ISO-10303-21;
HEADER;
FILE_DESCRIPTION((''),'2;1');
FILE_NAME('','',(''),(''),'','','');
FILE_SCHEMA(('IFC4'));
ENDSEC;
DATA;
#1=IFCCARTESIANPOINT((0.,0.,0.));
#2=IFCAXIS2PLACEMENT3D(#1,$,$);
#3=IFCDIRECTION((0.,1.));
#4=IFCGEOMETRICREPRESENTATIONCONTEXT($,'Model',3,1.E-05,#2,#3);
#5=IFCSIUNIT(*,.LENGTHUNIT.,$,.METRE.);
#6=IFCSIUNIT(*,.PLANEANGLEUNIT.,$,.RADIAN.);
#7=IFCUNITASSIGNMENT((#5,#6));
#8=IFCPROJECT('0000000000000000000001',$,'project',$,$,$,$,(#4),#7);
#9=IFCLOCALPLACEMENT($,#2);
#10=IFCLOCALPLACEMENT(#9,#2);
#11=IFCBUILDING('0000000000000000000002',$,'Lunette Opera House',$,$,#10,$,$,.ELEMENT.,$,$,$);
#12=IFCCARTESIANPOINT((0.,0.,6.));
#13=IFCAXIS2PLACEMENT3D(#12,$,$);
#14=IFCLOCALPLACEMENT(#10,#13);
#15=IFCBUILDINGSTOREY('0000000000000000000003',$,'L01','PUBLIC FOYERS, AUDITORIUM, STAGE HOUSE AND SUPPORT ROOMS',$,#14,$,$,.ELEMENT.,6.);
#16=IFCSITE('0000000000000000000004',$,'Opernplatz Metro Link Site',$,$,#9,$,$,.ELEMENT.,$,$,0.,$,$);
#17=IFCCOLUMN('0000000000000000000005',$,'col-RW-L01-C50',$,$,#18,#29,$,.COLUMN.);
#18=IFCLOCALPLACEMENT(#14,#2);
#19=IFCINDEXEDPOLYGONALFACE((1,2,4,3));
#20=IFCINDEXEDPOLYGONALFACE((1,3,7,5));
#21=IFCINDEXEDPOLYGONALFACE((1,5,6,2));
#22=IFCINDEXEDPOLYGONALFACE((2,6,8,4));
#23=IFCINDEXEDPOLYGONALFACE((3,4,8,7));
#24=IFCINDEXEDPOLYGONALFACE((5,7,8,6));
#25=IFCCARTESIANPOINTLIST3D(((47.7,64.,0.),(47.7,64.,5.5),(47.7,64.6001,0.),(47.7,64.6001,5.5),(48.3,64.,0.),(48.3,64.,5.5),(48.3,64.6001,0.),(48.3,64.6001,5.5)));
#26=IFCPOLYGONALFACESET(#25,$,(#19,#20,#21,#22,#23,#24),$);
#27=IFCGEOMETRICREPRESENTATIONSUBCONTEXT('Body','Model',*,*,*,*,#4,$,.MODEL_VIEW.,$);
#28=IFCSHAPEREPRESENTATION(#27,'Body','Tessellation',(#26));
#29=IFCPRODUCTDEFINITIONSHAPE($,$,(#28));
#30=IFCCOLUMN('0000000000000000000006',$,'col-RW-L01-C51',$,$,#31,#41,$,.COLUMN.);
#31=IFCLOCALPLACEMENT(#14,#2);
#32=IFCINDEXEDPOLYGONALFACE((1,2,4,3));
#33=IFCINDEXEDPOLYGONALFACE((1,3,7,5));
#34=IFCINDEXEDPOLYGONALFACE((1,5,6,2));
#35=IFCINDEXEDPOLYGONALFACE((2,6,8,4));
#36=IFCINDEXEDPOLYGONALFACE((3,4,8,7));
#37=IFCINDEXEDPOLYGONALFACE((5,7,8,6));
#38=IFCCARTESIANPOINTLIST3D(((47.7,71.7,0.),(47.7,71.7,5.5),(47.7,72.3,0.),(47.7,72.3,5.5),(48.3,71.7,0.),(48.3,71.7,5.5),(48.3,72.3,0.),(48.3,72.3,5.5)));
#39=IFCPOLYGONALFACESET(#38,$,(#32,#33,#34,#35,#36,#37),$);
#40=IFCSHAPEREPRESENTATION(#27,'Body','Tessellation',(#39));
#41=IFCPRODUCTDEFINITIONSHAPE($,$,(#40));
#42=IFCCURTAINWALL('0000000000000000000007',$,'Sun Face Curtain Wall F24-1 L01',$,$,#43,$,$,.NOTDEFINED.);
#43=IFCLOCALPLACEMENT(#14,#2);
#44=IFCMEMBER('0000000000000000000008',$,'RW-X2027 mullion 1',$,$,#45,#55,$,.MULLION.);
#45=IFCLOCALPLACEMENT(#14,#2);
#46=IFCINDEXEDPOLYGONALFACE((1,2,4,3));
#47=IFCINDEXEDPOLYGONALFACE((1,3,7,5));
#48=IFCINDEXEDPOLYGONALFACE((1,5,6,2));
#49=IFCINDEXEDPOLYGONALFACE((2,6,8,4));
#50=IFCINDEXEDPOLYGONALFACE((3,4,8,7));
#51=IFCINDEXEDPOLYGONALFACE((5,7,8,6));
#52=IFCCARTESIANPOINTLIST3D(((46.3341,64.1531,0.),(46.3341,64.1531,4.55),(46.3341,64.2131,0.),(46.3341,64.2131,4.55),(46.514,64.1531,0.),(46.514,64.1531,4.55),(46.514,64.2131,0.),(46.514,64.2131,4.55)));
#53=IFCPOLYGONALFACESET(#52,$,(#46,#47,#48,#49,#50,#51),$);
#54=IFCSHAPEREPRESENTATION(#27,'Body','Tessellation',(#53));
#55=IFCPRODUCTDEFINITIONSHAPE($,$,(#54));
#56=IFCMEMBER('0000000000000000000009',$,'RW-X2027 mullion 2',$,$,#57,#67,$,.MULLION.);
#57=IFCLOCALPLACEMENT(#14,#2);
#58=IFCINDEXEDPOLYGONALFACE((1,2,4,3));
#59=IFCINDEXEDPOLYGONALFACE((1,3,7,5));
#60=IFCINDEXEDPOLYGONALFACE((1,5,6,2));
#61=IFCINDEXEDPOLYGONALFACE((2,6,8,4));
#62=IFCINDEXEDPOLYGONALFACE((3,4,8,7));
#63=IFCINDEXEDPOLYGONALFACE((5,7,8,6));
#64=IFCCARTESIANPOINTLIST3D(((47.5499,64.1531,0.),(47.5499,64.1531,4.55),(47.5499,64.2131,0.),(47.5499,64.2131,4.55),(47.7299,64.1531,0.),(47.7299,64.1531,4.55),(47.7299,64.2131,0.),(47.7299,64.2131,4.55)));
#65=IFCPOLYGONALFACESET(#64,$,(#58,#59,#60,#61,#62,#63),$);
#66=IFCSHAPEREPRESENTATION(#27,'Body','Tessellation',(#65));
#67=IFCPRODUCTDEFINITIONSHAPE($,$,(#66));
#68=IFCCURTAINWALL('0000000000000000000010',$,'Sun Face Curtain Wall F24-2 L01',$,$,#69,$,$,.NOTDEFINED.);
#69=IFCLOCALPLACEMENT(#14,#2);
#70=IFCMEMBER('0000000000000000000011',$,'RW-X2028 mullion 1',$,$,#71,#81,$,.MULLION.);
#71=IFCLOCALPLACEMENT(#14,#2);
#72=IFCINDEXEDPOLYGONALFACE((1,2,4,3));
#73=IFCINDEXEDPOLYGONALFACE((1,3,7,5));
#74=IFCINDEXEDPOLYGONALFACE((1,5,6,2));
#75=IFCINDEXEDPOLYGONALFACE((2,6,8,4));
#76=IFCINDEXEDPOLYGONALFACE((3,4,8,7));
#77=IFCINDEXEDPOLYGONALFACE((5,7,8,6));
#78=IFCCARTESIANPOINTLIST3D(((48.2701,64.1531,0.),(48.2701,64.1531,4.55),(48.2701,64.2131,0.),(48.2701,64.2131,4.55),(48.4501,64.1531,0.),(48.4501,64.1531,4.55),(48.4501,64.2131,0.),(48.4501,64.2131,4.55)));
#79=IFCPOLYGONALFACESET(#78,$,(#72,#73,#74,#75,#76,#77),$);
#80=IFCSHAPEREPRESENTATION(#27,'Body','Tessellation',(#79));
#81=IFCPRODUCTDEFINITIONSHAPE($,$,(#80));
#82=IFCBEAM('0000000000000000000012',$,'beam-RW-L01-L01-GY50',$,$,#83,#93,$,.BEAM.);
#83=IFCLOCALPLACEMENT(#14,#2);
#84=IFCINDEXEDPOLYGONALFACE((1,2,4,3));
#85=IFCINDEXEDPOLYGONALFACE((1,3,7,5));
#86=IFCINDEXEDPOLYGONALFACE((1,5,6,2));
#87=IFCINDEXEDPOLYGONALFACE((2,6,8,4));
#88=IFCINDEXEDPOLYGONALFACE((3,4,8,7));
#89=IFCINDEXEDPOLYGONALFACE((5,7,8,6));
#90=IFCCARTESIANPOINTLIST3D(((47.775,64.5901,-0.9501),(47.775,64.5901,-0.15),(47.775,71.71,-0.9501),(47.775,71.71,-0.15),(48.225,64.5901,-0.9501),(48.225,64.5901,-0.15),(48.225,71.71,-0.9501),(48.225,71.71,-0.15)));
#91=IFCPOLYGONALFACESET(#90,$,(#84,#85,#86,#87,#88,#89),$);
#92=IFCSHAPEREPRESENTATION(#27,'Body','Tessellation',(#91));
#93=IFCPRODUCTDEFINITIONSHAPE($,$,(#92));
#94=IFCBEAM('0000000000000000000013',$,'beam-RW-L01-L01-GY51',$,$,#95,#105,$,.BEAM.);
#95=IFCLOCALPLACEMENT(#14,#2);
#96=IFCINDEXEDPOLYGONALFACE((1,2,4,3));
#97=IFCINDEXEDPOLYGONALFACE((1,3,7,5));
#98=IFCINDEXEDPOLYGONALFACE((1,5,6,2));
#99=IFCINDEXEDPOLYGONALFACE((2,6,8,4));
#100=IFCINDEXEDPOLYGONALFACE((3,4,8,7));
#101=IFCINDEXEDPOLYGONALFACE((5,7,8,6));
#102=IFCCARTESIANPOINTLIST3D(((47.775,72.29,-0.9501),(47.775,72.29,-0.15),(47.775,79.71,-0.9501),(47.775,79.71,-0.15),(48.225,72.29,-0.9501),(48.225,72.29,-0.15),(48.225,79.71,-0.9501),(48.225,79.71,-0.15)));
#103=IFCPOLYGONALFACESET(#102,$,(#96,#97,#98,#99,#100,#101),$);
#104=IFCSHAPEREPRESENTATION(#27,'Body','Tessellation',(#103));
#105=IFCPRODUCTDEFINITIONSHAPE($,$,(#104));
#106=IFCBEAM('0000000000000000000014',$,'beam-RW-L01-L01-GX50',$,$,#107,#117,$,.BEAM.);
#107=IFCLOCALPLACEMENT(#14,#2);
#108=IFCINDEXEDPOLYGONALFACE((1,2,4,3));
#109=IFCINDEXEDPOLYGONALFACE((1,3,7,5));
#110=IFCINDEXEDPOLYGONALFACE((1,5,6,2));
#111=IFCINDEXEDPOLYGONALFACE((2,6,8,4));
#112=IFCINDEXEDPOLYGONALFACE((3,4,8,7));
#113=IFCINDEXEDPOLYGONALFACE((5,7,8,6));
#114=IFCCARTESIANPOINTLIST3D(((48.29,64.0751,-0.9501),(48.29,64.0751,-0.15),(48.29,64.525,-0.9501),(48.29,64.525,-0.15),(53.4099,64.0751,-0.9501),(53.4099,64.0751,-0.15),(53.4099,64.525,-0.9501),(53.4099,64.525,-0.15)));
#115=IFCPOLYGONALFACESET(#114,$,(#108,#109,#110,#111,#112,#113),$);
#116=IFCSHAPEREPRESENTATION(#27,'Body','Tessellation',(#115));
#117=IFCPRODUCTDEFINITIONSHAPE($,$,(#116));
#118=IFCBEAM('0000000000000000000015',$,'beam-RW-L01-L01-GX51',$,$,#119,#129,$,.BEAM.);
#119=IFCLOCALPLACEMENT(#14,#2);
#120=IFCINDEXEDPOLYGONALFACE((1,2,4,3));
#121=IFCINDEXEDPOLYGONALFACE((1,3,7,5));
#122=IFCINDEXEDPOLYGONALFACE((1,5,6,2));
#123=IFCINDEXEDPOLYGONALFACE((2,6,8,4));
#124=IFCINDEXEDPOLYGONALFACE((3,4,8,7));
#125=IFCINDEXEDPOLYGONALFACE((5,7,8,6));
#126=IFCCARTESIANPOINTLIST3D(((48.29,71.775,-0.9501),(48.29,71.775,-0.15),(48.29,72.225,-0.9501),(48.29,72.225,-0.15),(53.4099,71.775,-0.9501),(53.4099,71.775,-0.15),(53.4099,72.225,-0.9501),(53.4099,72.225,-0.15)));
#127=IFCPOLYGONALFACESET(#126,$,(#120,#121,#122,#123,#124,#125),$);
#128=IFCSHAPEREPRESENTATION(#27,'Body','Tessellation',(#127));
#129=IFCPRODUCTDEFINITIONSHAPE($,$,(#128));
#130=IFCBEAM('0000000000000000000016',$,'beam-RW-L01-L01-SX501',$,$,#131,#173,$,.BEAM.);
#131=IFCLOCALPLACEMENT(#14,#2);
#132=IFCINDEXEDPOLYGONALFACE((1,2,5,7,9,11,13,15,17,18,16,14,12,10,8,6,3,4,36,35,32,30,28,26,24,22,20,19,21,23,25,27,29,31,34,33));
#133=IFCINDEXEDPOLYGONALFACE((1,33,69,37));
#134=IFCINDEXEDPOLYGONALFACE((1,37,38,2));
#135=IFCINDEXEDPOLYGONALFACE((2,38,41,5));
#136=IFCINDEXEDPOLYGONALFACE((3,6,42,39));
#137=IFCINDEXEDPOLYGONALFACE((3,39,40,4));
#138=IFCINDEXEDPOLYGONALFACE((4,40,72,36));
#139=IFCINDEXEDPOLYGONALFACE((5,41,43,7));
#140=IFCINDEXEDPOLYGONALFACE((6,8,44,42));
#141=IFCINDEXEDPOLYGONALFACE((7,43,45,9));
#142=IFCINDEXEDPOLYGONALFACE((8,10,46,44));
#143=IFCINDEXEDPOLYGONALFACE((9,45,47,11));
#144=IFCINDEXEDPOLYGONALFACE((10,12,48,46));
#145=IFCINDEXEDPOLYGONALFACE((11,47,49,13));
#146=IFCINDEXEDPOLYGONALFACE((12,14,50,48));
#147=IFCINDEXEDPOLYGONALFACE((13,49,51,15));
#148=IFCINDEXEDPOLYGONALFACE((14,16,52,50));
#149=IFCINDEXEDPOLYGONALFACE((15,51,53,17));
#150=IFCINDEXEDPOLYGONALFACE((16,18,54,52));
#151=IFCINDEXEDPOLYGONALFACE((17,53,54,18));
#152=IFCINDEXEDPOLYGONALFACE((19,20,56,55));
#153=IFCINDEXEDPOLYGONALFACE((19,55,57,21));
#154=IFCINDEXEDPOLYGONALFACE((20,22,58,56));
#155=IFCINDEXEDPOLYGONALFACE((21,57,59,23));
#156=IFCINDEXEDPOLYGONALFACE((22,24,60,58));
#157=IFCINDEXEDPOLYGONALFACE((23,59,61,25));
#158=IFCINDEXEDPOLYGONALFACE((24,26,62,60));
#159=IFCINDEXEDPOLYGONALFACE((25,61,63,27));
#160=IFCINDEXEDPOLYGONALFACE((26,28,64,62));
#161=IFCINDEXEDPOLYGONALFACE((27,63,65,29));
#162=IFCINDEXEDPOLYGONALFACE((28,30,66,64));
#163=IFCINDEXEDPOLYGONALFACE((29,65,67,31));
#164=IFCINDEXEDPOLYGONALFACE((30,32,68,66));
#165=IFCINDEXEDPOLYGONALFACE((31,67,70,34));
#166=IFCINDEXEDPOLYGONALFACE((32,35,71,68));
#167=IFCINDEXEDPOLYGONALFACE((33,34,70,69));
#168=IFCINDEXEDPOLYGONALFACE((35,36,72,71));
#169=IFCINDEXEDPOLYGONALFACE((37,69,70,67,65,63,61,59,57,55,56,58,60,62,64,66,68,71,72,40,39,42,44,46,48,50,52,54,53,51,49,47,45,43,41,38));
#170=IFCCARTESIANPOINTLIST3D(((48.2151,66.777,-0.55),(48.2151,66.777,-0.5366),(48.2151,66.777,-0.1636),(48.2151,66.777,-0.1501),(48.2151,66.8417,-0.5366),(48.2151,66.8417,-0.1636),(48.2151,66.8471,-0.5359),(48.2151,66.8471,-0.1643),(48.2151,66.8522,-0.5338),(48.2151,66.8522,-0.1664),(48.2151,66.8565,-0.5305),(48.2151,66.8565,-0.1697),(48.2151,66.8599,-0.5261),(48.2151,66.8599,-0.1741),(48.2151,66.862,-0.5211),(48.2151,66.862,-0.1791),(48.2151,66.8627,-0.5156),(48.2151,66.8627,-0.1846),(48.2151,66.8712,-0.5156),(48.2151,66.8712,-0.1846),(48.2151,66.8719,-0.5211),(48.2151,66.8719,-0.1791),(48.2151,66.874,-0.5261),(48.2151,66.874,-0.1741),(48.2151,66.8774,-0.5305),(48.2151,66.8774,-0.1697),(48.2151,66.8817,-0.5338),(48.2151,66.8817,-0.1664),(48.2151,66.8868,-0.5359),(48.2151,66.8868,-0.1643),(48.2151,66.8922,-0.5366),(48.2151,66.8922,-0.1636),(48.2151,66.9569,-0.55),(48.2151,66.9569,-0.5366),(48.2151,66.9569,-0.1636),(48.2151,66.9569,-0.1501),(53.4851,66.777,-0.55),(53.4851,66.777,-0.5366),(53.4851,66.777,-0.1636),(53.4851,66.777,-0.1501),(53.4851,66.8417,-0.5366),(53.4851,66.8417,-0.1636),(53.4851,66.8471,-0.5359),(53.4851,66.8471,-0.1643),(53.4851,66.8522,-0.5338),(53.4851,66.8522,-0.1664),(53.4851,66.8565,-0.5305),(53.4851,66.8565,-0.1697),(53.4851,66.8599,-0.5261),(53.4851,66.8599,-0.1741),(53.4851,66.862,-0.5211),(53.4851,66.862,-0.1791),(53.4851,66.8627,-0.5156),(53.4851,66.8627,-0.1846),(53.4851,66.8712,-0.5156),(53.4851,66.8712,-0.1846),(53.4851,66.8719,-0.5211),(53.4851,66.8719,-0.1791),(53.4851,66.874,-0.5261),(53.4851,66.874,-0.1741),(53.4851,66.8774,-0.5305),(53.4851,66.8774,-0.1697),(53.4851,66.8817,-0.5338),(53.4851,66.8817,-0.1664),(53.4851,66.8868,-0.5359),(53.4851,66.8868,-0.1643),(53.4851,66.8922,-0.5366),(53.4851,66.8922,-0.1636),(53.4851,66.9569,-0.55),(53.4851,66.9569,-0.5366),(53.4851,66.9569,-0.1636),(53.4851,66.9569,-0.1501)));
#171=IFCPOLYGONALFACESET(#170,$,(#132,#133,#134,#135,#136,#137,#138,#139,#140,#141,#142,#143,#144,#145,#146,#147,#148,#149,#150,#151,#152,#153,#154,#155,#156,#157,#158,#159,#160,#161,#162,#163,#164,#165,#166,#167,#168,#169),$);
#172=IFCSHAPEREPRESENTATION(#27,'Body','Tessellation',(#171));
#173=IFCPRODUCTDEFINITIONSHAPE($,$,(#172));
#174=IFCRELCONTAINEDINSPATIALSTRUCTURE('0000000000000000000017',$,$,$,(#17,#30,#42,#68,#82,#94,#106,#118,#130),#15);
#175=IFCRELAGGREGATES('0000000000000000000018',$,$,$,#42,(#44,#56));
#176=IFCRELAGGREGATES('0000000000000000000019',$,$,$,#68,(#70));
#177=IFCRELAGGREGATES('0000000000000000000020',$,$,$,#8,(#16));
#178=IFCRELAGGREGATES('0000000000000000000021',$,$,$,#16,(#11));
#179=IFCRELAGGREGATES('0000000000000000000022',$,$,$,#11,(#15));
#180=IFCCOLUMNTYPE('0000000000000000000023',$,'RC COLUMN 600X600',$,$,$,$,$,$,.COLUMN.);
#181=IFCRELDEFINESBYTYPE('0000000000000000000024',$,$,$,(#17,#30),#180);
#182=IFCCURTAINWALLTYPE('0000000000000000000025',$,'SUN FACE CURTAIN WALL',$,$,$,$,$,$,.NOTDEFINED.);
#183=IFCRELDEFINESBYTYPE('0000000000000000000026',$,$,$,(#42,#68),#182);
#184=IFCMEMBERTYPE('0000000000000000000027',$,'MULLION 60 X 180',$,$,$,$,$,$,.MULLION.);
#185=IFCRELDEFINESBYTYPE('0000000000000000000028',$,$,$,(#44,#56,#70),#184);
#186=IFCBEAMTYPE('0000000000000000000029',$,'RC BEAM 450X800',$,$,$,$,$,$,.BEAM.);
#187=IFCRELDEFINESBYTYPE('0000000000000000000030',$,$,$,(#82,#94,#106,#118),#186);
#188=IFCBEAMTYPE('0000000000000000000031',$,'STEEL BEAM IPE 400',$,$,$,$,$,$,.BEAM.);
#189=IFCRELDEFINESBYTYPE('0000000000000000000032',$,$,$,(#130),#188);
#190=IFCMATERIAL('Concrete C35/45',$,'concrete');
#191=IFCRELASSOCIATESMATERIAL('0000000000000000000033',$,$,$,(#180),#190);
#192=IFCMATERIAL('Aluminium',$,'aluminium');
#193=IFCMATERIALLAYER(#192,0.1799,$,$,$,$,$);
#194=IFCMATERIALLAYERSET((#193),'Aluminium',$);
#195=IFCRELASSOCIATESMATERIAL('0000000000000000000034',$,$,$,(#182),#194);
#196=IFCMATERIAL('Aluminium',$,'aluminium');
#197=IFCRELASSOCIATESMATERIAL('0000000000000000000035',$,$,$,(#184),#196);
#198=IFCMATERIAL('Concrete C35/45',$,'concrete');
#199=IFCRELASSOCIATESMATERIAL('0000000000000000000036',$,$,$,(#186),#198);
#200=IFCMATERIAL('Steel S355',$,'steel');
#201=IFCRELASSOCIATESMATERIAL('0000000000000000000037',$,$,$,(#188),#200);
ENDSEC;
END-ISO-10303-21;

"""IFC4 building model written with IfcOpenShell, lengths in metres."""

from ifc_helpers import new_model, si_unit, direction, frame, origin, origin_2d, place, context, subcontext, project, spatial, rectangle, i_section, extrude, material, layer, layer_set, material_profile, profile_set, type_object, element, aggregate, save


model = new_model("IFC4")

# Units and contexts
model_context = context("Model", 3, precision=1e-05, world=origin(), true_north=direction((0.0, 1.0)))
body_context = subcontext(model_context, "Body", "Model", "MODEL_VIEW")
ifc_project = project(units=[si_unit("LENGTHUNIT", "METRE"), si_unit("PLANEANGLEUNIT", "RADIAN")], contexts=[model_context])

# Site, building, storey
site_placement = place(None, origin())
site = spatial("IfcSite", under=ifc_project, at=site_placement, Name="Opernplatz Metro Link Site", CompositionType="ELEMENT", RefElevation=0.0)
building_placement = place(site_placement, origin())
building = spatial("IfcBuilding", under=site, at=building_placement, Name="Lunette Opera House", CompositionType="ELEMENT")
storey_placement = place(building_placement, frame((0.0, 0.0, 6.0)))
storey = spatial("IfcBuildingStorey", under=building, at=storey_placement, Name="L01", Description="PUBLIC FOYERS, AUDITORIUM, STAGE HOUSE AND SUPPORT ROOMS", CompositionType="ELEMENT", Elevation=6.0)

# Columns
ifc_material_1 = material(Name="Concrete C35/45", Category="concrete")
ifc_material_profile_1 = material_profile(ifc_material_1, rectangle(XDim=0.6001, YDim=0.6001, at=origin_2d()), Name="RC COLUMN 600X600")
ifc_profile_set_1 = profile_set([ifc_material_profile_1], Name="Concrete C35/45")
column_type = type_object("IfcColumnType", Name="RC COLUMN 600X600", PredefinedType="COLUMN", material=ifc_profile_set_1)
for number, where, z_axis, x_axis, name in (
    (1, (48.0, 64.3, 0.0), (0.0, 0.0, 1.0), (1.0, 0.0, 0.0), "col-RW-L01-C50"),
    (2, (48.0, 72.0, 0.0), (0.0, 0.0, 1.0), (1.0, 0.0, 0.0), "col-RW-L01-C51"),
):
    element("IfcColumn", number, at=place(storey_placement, frame(where, z_axis=z_axis, x_axis=x_axis)), inside=storey, type_object=column_type, Name=name, PredefinedType="COLUMN", context=body_context, shape_type="SweptSolid", body=[
        extrude(rectangle(XDim=0.6001, YDim=0.6001, at=origin_2d()), origin(), (0.0, 0.0, 1.0), 5.5),
    ])

# Curtain wall, members
ifc_material_2 = material(Name="Aluminium", Category="aluminium")
ifc_layer_1 = layer(ifc_material_2, 0.1799)
ifc_layer_set_1 = layer_set([ifc_layer_1], Name="Aluminium")
curtain_wall_type = type_object("IfcCurtainWallType", Name="SUN FACE CURTAIN WALL", PredefinedType="NOTDEFINED", material=ifc_layer_set_1)
curtain_wall_1_placement = place(storey_placement, origin())
curtain_wall_1 = element("IfcCurtainWall", 3, at=curtain_wall_1_placement, inside=storey, type_object=curtain_wall_type, Name="Sun Face Curtain Wall F24-1 L01", PredefinedType="NOTDEFINED")
ifc_material_3 = material(Name="Aluminium", Category="aluminium")
ifc_material_profile_2 = material_profile(ifc_material_3, rectangle(XDim=0.0601, YDim=0.1799, at=origin_2d()), Name="MULLION 60 X 180")
ifc_profile_set_2 = profile_set([ifc_material_profile_2], Name="Aluminium")
member_type_1 = type_object("IfcMemberType", Name="MULLION 60 X 180", PredefinedType="MULLION", material=ifc_profile_set_2)
member_1_placement = place(storey_placement, frame((46.4241, 64.1831, 0.0), z_axis=(0.0, 0.0, 1.0), x_axis=(0.0, 1.0, 0.0)))
member_1 = element("IfcMember", 4, at=member_1_placement, type_object=member_type_1, Name="RW-X2027 mullion 1", PredefinedType="MULLION", context=body_context, shape_type="SweptSolid", body=[
    extrude(rectangle(XDim=0.0601, YDim=0.1799, at=origin_2d()), origin(), (0.0, 0.0, 1.0), 4.55),
])
member_2_placement = place(storey_placement, frame((47.6399, 64.1831, 0.0), z_axis=(0.0, 0.0, 1.0), x_axis=(0.0, 1.0, 0.0)))
member_2 = element("IfcMember", 5, at=member_2_placement, type_object=member_type_1, Name="RW-X2027 mullion 2", PredefinedType="MULLION", context=body_context, shape_type="SweptSolid", body=[
    extrude(rectangle(XDim=0.0601, YDim=0.1799, at=origin_2d()), origin(), (0.0, 0.0, 1.0), 4.55),
])

# Curtain wall, member
curtain_wall_2_placement = place(storey_placement, origin())
curtain_wall_2 = element("IfcCurtainWall", 6, at=curtain_wall_2_placement, inside=storey, type_object=curtain_wall_type, Name="Sun Face Curtain Wall F24-2 L01", PredefinedType="NOTDEFINED")
member_3_placement = place(storey_placement, frame((48.3601, 64.1831, 0.0), z_axis=(0.0, 0.0, 1.0), x_axis=(0.0, 1.0, 0.0)))
member_3 = element("IfcMember", 7, at=member_3_placement, type_object=member_type_1, Name="RW-X2028 mullion 1", PredefinedType="MULLION", context=body_context, shape_type="SweptSolid", body=[
    extrude(rectangle(XDim=0.0601, YDim=0.1799, at=origin_2d()), origin(), (0.0, 0.0, 1.0), 4.55),
])

# Beams
ifc_material_4 = material(Name="Concrete C35/45", Category="concrete")
ifc_material_profile_3 = material_profile(ifc_material_4, rectangle(XDim=0.45, YDim=0.8, at=origin_2d()), Name="RC BEAM 450X800")
ifc_profile_set_3 = profile_set([ifc_material_profile_3], Name="Concrete C35/45")
beam_type_1 = type_object("IfcBeamType", Name="RC BEAM 450X800", PredefinedType="BEAM", material=ifc_profile_set_3)
beam_1_placement = place(storey_placement, frame((48.0, 64.5901, -0.55), z_axis=(0.0, 1.0, 0.0), x_axis=(-1.0, 0.0, 0.0)))
element("IfcBeam", 8, at=beam_1_placement, inside=storey, type_object=beam_type_1, Name="beam-RW-L01-L01-GY50", PredefinedType="BEAM", context=body_context, shape_type="SweptSolid", body=[
    extrude(rectangle(XDim=0.45, YDim=0.8, at=origin_2d()), origin(), (0.0, 0.0, 1.0), 7.1199),
])
beam_2_placement = place(storey_placement, frame((48.0, 72.29, -0.55), z_axis=(0.0, 1.0, 0.0), x_axis=(-1.0, 0.0, 0.0)))
element("IfcBeam", 9, at=beam_2_placement, inside=storey, type_object=beam_type_1, Name="beam-RW-L01-L01-GY51", PredefinedType="BEAM", context=body_context, shape_type="SweptSolid", body=[
    extrude(rectangle(XDim=0.45, YDim=0.8, at=origin_2d()), origin(), (0.0, 0.0, 1.0), 7.4199),
])
for number, where, z_axis, x_axis, name in (
    (10, (48.29, 64.3, -0.55), (1.0, 0.0, 0.0), (0.0, 1.0, 0.0), "beam-RW-L01-L01-GX50"),
    (11, (48.29, 72.0, -0.55), (1.0, 0.0, 0.0), (0.0, 1.0, 0.0), "beam-RW-L01-L01-GX51"),
):
    element("IfcBeam", number, at=place(storey_placement, frame(where, z_axis=z_axis, x_axis=x_axis)), inside=storey, type_object=beam_type_1, Name=name, PredefinedType="BEAM", context=body_context, shape_type="SweptSolid", body=[
        extrude(rectangle(XDim=0.45, YDim=0.8, at=origin_2d()), origin(), (0.0, 0.0, 1.0), 5.1199),
    ])
ifc_material_5 = material(Name="Steel S355", Category="steel")
ifc_material_profile_4 = material_profile(ifc_material_5, i_section(OverallWidth=0.1799, OverallDepth=0.3999, WebThickness=0.0085, FlangeThickness=0.0134, FilletRadius=0.021, at=origin_2d()), Name="IPE 400")
ifc_profile_set_4 = profile_set([ifc_material_profile_4], Name="Steel S355")
beam_type_2 = type_object("IfcBeamType", Name="STEEL BEAM IPE 400", PredefinedType="BEAM", material=ifc_profile_set_4)
for number, where, z_axis, x_axis, name in (
    (12, (48.2151, 66.8669, -0.3501), (1.0, 0.0, 0.0), (0.0, 1.0, 0.0), "beam-RW-L01-L01-SX501"),
):
    element("IfcBeam", number, at=place(storey_placement, frame(where, z_axis=z_axis, x_axis=x_axis)), inside=storey, type_object=beam_type_2, Name=name, PredefinedType="BEAM", context=body_context, shape_type="SweptSolid", body=[
        extrude(i_section(OverallWidth=0.1799, OverallDepth=0.3999, WebThickness=0.0085, FlangeThickness=0.0134, FilletRadius=0.021, at=origin_2d()), origin(), (0.0, 0.0, 1.0), 5.27),
    ])

aggregate(curtain_wall_1, [member_1, member_2])
aggregate(curtain_wall_2, [member_3])

save(model, "model.ifc")
